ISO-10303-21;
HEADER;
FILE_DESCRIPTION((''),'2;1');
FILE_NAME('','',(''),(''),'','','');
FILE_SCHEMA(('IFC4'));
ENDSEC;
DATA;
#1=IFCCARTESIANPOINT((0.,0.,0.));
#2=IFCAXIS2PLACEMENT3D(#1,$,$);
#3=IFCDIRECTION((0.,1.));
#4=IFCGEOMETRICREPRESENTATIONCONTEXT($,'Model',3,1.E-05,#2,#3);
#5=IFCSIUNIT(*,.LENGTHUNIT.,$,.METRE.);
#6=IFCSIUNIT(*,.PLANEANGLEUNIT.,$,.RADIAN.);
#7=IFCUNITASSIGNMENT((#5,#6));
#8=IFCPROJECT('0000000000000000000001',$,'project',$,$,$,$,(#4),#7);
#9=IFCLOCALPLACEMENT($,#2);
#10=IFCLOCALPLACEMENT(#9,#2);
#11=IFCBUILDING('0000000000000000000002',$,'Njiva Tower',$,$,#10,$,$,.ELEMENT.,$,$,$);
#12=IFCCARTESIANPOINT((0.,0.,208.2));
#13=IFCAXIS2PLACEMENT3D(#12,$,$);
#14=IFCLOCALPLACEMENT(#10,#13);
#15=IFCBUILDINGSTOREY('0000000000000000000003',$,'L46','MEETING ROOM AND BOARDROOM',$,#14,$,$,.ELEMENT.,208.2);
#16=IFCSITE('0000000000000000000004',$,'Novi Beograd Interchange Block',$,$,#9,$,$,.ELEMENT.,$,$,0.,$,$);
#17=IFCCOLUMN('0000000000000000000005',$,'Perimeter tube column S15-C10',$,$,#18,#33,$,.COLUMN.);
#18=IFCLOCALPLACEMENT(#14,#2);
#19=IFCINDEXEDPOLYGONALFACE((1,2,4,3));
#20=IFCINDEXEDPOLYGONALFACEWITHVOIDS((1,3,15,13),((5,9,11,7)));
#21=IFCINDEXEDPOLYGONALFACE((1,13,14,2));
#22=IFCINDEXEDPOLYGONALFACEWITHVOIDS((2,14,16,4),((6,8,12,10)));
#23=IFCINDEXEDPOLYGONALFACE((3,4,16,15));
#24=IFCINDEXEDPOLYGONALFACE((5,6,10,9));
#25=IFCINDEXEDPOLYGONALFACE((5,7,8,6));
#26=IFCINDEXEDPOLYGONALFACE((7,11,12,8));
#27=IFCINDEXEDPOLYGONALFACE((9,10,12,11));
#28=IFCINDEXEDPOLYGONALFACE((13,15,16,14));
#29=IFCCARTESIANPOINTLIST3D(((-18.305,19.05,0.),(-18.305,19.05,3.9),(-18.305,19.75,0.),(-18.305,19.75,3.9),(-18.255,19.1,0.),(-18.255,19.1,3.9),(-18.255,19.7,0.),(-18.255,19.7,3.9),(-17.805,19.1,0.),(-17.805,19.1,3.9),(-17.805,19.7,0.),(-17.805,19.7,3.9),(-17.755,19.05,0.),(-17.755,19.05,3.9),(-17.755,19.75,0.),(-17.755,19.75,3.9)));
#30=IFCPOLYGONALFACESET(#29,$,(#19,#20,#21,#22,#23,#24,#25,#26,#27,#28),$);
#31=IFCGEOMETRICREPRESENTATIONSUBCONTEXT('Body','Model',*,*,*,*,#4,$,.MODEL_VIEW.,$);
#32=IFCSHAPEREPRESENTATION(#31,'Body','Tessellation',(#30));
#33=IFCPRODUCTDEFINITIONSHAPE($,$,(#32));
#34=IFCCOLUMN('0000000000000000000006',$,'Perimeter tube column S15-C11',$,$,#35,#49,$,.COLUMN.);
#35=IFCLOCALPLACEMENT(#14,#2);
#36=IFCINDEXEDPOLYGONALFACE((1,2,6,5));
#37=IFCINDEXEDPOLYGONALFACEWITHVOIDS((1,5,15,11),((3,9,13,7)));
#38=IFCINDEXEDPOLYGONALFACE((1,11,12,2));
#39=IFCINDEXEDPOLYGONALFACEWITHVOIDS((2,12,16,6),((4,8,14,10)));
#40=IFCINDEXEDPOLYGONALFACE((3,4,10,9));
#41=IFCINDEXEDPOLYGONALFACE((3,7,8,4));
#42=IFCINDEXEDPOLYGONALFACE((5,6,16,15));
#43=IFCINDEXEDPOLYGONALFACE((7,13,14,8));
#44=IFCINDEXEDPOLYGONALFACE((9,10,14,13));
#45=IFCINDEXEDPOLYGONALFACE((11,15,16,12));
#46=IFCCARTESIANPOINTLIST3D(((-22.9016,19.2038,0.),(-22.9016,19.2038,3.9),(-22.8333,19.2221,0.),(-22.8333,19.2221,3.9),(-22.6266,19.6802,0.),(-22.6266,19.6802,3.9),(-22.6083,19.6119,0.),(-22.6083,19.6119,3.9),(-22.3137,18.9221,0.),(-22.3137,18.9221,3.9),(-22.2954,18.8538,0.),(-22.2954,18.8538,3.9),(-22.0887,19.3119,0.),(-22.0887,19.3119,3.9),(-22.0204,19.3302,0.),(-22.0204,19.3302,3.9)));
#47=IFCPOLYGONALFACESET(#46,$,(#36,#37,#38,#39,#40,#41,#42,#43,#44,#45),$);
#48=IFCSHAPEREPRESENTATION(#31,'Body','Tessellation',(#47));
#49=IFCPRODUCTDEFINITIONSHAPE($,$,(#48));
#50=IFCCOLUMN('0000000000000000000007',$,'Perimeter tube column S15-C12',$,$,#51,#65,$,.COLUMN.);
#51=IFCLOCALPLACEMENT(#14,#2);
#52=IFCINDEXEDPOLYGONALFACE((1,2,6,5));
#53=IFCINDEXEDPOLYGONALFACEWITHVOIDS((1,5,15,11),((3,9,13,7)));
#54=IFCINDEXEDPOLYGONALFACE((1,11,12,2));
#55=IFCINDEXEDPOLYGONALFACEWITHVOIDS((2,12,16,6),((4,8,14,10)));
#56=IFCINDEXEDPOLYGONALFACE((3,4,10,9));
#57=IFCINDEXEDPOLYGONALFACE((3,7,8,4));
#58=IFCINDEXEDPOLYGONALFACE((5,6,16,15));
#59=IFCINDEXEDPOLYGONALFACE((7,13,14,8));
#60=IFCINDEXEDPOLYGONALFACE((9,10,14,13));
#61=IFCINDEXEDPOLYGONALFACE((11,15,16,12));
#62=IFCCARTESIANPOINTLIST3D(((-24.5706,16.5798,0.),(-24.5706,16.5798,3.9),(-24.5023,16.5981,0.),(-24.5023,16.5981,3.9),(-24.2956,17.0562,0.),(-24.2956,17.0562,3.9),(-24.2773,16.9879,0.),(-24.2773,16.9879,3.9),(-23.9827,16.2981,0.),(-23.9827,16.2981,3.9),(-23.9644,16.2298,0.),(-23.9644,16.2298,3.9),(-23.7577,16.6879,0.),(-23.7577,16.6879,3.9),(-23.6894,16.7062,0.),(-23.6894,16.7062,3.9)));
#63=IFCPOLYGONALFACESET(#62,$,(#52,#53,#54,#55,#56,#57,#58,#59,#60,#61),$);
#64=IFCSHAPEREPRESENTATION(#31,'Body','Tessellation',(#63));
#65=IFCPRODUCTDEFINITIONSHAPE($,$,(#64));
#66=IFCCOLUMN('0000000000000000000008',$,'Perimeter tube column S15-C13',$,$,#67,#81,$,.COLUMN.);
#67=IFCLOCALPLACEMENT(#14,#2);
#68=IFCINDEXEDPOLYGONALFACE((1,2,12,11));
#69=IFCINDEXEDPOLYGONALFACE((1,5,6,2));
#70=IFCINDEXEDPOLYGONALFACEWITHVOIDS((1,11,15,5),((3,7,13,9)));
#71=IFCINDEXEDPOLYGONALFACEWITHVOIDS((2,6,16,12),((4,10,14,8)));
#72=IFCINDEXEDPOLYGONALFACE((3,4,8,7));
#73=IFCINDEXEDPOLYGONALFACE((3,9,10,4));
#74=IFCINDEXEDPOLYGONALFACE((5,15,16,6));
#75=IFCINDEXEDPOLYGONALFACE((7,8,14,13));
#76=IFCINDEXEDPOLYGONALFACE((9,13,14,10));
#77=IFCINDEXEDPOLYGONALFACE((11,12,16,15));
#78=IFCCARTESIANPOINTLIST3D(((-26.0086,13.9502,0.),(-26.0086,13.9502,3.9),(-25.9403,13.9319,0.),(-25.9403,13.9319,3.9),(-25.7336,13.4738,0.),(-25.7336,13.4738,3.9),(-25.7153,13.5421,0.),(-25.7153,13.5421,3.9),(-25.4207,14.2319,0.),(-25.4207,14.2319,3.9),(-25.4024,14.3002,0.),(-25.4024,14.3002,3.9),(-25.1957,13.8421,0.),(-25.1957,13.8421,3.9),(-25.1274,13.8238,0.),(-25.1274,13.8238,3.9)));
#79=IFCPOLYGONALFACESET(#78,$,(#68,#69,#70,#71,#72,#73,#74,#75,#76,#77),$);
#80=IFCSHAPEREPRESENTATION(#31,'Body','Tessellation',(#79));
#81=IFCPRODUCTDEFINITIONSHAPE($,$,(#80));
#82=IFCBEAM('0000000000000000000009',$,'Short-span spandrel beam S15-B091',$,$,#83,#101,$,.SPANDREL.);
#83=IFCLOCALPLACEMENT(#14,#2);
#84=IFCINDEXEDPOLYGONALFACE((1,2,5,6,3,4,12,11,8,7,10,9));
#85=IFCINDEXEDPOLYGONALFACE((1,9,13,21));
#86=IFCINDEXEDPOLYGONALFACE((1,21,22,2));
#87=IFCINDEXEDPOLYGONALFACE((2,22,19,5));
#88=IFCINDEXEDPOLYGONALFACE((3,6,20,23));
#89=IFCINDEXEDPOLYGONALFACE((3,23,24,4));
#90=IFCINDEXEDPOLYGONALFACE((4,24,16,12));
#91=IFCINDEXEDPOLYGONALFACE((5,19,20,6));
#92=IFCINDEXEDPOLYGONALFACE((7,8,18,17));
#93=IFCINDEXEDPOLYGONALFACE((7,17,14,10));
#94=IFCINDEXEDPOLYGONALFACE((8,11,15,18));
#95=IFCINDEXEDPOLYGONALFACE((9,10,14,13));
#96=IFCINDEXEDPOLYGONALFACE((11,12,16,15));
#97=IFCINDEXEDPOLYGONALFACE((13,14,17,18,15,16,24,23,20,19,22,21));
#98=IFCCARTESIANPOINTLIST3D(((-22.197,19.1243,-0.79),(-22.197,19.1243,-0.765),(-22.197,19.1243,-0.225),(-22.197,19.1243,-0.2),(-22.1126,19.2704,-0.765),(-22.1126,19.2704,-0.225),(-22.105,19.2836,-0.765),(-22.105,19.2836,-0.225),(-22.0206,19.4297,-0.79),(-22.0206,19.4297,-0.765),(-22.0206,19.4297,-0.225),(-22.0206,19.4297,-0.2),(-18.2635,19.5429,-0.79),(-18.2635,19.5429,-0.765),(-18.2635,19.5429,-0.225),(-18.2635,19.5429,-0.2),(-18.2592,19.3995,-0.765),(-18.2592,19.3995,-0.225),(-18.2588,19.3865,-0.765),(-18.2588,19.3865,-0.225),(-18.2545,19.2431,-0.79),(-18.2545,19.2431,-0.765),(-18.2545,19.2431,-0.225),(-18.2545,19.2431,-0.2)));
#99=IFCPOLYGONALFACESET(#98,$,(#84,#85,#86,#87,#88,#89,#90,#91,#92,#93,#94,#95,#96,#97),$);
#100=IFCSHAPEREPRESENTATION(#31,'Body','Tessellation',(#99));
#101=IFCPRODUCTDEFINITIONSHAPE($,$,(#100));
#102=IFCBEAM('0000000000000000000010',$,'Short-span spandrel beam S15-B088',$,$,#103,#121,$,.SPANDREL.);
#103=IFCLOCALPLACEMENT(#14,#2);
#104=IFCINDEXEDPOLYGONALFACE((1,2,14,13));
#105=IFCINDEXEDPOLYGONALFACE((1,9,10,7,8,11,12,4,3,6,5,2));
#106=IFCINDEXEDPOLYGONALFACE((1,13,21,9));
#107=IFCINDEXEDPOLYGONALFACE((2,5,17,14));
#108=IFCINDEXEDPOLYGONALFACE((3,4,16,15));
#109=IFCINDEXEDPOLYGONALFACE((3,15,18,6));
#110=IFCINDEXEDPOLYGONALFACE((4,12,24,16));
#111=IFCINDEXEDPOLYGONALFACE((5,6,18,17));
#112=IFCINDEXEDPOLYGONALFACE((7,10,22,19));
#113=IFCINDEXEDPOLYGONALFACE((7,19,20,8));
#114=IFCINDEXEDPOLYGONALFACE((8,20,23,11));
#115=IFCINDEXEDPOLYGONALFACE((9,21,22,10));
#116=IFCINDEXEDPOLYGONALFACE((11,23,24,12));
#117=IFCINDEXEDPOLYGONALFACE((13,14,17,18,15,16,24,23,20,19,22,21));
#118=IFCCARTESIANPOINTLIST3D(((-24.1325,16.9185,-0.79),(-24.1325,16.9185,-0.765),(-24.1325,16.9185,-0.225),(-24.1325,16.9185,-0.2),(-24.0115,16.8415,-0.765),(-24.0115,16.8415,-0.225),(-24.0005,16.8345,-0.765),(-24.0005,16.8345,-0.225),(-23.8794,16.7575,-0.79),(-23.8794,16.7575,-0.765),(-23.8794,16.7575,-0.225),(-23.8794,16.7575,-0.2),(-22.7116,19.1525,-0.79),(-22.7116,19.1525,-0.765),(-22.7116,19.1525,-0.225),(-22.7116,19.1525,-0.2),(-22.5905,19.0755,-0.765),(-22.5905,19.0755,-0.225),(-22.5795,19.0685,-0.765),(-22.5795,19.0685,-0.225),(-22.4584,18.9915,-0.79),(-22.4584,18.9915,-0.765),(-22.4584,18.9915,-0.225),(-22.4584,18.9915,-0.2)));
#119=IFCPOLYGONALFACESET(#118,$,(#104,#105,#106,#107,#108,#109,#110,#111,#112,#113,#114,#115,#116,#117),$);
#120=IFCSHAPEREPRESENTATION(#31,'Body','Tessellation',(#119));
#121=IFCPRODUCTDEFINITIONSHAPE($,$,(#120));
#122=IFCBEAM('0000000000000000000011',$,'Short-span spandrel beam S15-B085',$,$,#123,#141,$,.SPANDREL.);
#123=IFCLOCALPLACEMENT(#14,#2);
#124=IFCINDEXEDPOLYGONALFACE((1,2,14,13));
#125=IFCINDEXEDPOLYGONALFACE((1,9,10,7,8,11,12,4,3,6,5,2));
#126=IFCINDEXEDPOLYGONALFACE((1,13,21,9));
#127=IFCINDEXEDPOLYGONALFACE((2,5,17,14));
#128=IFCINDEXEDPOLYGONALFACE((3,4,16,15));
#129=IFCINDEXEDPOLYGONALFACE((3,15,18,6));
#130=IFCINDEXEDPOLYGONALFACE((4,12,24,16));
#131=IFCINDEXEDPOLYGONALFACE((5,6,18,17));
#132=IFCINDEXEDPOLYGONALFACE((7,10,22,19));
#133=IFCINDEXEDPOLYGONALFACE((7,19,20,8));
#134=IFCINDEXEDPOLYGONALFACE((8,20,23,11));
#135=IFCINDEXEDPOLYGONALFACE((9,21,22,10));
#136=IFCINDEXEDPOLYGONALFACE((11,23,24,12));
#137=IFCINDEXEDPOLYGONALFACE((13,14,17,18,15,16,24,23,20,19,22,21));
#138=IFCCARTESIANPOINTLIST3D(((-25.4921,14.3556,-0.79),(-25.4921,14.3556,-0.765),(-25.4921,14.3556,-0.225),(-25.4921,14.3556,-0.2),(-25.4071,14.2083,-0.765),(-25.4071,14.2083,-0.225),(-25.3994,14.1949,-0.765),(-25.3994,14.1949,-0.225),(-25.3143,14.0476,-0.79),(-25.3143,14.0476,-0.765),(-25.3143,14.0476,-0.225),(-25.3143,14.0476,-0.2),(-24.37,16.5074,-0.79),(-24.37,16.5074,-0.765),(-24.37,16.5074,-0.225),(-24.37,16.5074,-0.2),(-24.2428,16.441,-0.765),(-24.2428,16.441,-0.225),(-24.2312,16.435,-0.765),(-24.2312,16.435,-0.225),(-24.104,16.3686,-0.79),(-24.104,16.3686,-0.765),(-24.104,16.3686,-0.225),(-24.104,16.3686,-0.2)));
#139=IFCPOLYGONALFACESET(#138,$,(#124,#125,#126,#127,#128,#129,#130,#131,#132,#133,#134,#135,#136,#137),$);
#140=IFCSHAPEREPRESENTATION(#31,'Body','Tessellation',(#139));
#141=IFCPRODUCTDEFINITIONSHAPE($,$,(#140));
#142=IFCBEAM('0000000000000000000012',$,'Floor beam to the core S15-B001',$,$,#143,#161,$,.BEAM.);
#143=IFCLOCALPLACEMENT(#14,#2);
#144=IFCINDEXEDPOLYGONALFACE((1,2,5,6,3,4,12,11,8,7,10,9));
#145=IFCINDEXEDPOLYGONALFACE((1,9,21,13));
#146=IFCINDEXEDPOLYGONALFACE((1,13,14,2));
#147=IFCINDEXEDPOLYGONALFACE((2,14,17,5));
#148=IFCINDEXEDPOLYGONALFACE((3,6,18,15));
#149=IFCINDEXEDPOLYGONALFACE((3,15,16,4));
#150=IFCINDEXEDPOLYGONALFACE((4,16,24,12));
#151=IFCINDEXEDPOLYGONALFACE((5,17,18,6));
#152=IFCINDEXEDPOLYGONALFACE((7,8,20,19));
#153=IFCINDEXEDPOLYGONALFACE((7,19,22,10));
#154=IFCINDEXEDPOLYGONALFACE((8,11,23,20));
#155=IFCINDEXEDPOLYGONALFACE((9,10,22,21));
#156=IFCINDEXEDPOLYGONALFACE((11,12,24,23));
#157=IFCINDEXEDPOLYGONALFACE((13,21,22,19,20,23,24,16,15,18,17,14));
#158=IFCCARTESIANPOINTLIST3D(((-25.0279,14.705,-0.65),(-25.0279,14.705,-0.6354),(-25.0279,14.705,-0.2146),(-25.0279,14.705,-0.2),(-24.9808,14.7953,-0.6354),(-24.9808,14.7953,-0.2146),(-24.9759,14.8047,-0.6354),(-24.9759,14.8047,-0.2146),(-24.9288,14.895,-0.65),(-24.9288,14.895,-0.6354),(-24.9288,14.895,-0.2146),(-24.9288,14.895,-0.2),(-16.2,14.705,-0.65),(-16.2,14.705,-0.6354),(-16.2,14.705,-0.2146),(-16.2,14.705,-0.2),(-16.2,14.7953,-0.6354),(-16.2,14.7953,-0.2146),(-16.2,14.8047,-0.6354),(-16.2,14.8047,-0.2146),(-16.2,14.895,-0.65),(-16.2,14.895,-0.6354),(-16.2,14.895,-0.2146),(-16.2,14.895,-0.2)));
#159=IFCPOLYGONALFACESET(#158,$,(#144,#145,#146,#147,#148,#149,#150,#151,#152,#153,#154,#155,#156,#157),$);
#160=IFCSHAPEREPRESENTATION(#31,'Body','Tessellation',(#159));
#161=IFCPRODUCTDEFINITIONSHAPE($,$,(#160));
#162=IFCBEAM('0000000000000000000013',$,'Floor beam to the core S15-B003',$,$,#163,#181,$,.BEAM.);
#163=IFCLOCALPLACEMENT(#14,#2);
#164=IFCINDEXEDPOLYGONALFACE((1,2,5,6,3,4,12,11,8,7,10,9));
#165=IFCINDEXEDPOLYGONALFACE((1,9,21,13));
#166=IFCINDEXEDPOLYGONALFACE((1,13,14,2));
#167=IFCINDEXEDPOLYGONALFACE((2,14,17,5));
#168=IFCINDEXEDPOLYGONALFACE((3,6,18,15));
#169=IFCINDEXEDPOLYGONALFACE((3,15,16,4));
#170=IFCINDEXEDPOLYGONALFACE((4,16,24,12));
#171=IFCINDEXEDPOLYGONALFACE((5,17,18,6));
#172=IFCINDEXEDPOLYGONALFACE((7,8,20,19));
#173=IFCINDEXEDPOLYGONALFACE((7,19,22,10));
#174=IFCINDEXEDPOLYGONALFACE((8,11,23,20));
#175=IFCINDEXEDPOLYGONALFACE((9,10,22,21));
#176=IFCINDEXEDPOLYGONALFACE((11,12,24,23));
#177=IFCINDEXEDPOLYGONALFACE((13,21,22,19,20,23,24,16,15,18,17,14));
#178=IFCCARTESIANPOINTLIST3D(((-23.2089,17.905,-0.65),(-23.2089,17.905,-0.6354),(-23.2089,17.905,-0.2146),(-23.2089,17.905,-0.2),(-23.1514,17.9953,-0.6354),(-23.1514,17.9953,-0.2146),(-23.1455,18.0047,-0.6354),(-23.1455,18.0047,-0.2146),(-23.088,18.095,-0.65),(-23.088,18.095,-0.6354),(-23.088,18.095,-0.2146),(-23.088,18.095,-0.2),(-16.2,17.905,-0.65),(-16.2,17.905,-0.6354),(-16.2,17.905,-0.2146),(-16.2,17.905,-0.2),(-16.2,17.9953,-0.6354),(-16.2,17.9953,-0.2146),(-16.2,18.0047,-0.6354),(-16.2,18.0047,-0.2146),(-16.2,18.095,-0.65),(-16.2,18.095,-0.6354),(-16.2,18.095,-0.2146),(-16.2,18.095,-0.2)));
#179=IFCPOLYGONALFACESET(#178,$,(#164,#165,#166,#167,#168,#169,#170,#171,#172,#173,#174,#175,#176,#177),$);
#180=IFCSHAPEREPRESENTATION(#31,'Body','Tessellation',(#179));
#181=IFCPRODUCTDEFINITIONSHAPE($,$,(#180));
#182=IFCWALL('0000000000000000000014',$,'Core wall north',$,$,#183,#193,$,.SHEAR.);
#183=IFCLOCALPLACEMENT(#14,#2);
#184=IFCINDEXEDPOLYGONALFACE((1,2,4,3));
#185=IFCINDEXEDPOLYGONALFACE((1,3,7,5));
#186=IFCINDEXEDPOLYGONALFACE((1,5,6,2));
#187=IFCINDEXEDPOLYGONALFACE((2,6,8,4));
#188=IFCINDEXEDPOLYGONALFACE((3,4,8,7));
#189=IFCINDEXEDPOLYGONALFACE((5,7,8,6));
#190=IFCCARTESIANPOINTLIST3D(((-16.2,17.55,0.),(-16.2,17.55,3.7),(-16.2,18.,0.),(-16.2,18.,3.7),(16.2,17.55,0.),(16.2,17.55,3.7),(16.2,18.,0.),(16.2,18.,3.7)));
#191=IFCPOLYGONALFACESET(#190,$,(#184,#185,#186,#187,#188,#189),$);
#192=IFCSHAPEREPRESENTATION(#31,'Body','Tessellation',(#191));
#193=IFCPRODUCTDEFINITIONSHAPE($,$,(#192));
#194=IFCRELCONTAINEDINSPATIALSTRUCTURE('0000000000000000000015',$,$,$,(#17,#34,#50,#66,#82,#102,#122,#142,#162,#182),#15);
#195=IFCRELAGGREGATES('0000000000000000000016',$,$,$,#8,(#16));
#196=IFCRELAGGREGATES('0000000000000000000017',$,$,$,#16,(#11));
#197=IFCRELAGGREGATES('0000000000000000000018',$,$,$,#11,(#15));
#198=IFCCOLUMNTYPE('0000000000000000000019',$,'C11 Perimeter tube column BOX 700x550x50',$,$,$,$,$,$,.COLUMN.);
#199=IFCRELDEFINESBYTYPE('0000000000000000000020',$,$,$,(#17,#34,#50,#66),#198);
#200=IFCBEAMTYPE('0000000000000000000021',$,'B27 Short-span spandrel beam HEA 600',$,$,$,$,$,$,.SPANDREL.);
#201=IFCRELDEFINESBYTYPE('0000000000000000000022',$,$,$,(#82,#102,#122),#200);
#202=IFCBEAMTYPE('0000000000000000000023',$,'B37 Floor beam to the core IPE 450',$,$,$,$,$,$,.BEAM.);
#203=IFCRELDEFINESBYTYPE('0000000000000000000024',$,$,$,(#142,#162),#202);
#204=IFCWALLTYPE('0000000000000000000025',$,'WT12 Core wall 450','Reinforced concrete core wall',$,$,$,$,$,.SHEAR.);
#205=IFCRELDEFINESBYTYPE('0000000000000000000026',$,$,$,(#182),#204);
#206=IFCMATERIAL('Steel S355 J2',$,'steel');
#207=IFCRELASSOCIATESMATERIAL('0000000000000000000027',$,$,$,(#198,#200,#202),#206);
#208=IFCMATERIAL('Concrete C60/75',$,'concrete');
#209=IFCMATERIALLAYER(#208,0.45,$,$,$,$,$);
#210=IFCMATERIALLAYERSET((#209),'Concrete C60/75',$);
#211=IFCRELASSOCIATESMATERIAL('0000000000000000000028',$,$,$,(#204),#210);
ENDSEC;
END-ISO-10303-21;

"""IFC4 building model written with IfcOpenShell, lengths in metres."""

from ifc_helpers import new_model, si_unit, direction, frame, frame_2d, origin, origin_2d, place, context, subcontext, project, spatial, rectangle, hollow_rectangle, i_section, extrude, clip, halfspace, material, layer, layer_set, material_profile, profile_set, type_object, element, save


model = new_model("IFC4")

# Units and contexts
model_context = context("Model", 3, precision=1e-05, world=origin(), true_north=direction((0.0, 1.0)))
body_context = subcontext(model_context, "Body", "Model", "MODEL_VIEW")
ifc_project = project(units=[si_unit("LENGTHUNIT", "METRE"), si_unit("PLANEANGLEUNIT", "RADIAN")], contexts=[model_context])

# Site, building, storey
site_placement = place(None, origin())
site = spatial("IfcSite", under=ifc_project, at=site_placement, Name="Novi Beograd Interchange Block", CompositionType="ELEMENT", RefElevation=0.0)
building_placement = place(site_placement, origin())
building = spatial("IfcBuilding", under=site, at=building_placement, Name="Njiva Tower", CompositionType="ELEMENT")
storey_placement = place(building_placement, frame((0.0, 0.0, 208.2)))
storey = spatial("IfcBuildingStorey", under=building, at=storey_placement, Name="L46", Description="MEETING ROOM AND BOARDROOM", CompositionType="ELEMENT", Elevation=208.2)

# Columns
ifc_material_1 = material(Name="Steel S355 J2", Category="steel")
ifc_material_profile_1 = material_profile(ifc_material_1, hollow_rectangle(XDim=0.55, YDim=0.7, WallThickness=0.05, at=origin_2d()), Name="BOX 700x550x50")
ifc_profile_set_1 = profile_set([ifc_material_profile_1], Name="Steel S355 J2")
column_type = type_object("IfcColumnType", Name="C11 Perimeter tube column BOX 700x550x50", PredefinedType="COLUMN", material=ifc_profile_set_1)
for number, where, z_axis, x_axis, name in (
    (1, (-18.03, 19.4, 0.0), (0.0, 0.0, 1.0), (-1.0, 0.0, 0.0), "Perimeter tube column S15-C10"),
    (2, (-22.461, 19.267, 0.0), (0.0, 0.0, 1.0), (-0.5, -0.866025, 0.0), "Perimeter tube column S15-C11"),
    (3, (-24.13, 16.643, 0.0), (0.0, 0.0, 1.0), (-0.5, -0.866025, 0.0), "Perimeter tube column S15-C12"),
    (4, (-25.568, 13.887, 0.0), (0.0, 0.0, 1.0), (0.5, -0.866025, 0.0), "Perimeter tube column S15-C13"),
):
    element("IfcColumn", number, at=place(storey_placement, frame(where, z_axis=z_axis, x_axis=x_axis)), inside=storey, type_object=column_type, Name=name, PredefinedType="COLUMN", context=body_context, shape_type="SweptSolid", body=[
        extrude(hollow_rectangle(XDim=0.55, YDim=0.7, WallThickness=0.05, at=origin_2d()), origin(), (0.0, 0.0, 1.0), 3.9),
    ])

# Beams
ifc_material_profile_2 = material_profile(ifc_material_1, i_section(OverallWidth=0.3, OverallDepth=0.59, WebThickness=0.013, FlangeThickness=0.025, at=origin_2d()), Name="HEA 600")
ifc_profile_set_2 = profile_set([ifc_material_profile_2], Name="Steel S355 J2")
beam_type_1 = type_object("IfcBeamType", Name="B27 Short-span spandrel beam HEA 600", PredefinedType="SPANDREL", material=ifc_profile_set_2)
beam_1_placement = place(storey_placement, frame((-18.259, 19.393, -0.495), z_axis=(-0.999546, -0.030116, 0.0), x_axis=(0.030116, -0.999546, 0.0)))
element("IfcBeam", 5, at=beam_1_placement, inside=storey, type_object=beam_type_1, Name="Short-span spandrel beam S15-B091", PredefinedType="SPANDREL", context=body_context, shape_type="Clipping", body=[
    clip(extrude(i_section(OverallWidth=0.3, OverallDepth=0.59, WebThickness=0.013, FlangeThickness=0.025, at=origin_2d()), origin(), (0.0, 0.0, 1.0), 3.9647), halfspace(frame((-0.0268, 0.0, 3.835), z_axis=(-0.525853, 0.0, 0.850576), x_axis=(0.0, 1.0, 0.0)), False)),
])
beam_2_placement = place(storey_placement, frame((-22.585, 19.072, -0.495), z_axis=(-0.536704, -0.84377, 0.0), x_axis=(0.84377, -0.536704, 0.0)))
element("IfcBeam", 6, at=beam_2_placement, inside=storey, type_object=beam_type_1, Name="Short-span spandrel beam S15-B088", PredefinedType="SPANDREL", context=body_context, shape_type="SweptSolid", body=[
    extrude(i_section(OverallWidth=0.3, OverallDepth=0.59, WebThickness=0.013, FlangeThickness=0.025, at=origin_2d()), origin(), (0.0, 0.0, 1.0), 2.6476),
])
beam_3_placement = place(storey_placement, frame((-24.237, 16.438, -0.495), z_axis=(-0.462376, -0.886684, 0.0), x_axis=(0.886684, -0.462376, 0.0)))
element("IfcBeam", 7, at=beam_3_placement, inside=storey, type_object=beam_type_1, Name="Short-span spandrel beam S15-B085", PredefinedType="SPANDREL", context=body_context, shape_type="Clipping", body=[
    clip(extrude(i_section(OverallWidth=0.3, OverallDepth=0.59, WebThickness=0.013, FlangeThickness=0.025, at=origin_2d()), origin(), (0.0, 0.0, 1.0), 2.6368), halfspace(frame((-0.0269, 0.0, 2.5051), z_axis=(-0.536705, 0.0, 0.84377), x_axis=(0.0, 1.0, 0.0)), False)),
])
ifc_material_profile_3 = material_profile(ifc_material_1, i_section(OverallWidth=0.19, OverallDepth=0.45, WebThickness=0.0094, FlangeThickness=0.0146, at=origin_2d()), Name="IPE 450")
ifc_profile_set_3 = profile_set([ifc_material_profile_3], Name="Steel S355 J2")
beam_type_2 = type_object("IfcBeamType", Name="B37 Floor beam to the core IPE 450", PredefinedType="BEAM", material=ifc_profile_set_3)
beam_4_placement = place(storey_placement, frame((-25.048, 14.8, -0.425), z_axis=(1.0, 0.0, 0.0), x_axis=(0.0, 1.0, 0.0)))
element("IfcBeam", 8, at=beam_4_placement, inside=storey, type_object=beam_type_2, Name="Floor beam to the core S15-B001", PredefinedType="BEAM", context=body_context, shape_type="Clipping", body=[
    clip(extrude(i_section(OverallWidth=0.19, OverallDepth=0.45, WebThickness=0.0094, FlangeThickness=0.0146, at=origin_2d()), origin(), (0.0, 0.0, 1.0), 8.848), halfspace(frame((0.0231, 0.0, 0.0817), z_axis=(0.46246, 0.0, -0.88664), x_axis=(0.0, -1.0, 0.0)), False)),
])
beam_5_placement = place(storey_placement, frame((-23.228, 18.0, -0.425), z_axis=(1.0, 0.0, 0.0), x_axis=(0.0, 1.0, 0.0)))
element("IfcBeam", 9, at=beam_5_placement, inside=storey, type_object=beam_type_2, Name="Floor beam to the core S15-B003", PredefinedType="BEAM", context=body_context, shape_type="Clipping", body=[
    clip(extrude(i_section(OverallWidth=0.19, OverallDepth=0.45, WebThickness=0.0094, FlangeThickness=0.0146, at=origin_2d()), origin(), (0.0, 0.0, 1.0), 7.028), halfspace(frame((0.0268, 0.0, 0.0966), z_axis=(0.536617, 0.0, -0.843826), x_axis=(0.0, -1.0, 0.0)), False)),
])

# Wall
ifc_material_2 = material(Name="Concrete C60/75", Category="concrete")
ifc_layer_1 = layer(ifc_material_2, 0.45)
ifc_layer_set_1 = layer_set([ifc_layer_1], Name="Concrete C60/75")
wall_type_1 = type_object("IfcWallType", Name="WT12 Core wall 450", Description="Reinforced concrete core wall", PredefinedType="SHEAR", material=ifc_layer_set_1)
wall_1_placement = place(storey_placement, frame((-16.2, 17.775, 0.0), z_axis=(0.0, 0.0, 1.0), x_axis=(1.0, 0.0, 0.0)))
element("IfcWall", 10, at=wall_1_placement, inside=storey, type_object=wall_type_1, Name="Core wall north", PredefinedType="SHEAR", context=body_context, shape_type="SweptSolid", body=[
    extrude(rectangle(XDim=32.4, YDim=0.45, at=frame_2d((16.2, 0.0))), origin(), (0.0, 0.0, 1.0), 3.7),
])

save(model, "model.ifc")
